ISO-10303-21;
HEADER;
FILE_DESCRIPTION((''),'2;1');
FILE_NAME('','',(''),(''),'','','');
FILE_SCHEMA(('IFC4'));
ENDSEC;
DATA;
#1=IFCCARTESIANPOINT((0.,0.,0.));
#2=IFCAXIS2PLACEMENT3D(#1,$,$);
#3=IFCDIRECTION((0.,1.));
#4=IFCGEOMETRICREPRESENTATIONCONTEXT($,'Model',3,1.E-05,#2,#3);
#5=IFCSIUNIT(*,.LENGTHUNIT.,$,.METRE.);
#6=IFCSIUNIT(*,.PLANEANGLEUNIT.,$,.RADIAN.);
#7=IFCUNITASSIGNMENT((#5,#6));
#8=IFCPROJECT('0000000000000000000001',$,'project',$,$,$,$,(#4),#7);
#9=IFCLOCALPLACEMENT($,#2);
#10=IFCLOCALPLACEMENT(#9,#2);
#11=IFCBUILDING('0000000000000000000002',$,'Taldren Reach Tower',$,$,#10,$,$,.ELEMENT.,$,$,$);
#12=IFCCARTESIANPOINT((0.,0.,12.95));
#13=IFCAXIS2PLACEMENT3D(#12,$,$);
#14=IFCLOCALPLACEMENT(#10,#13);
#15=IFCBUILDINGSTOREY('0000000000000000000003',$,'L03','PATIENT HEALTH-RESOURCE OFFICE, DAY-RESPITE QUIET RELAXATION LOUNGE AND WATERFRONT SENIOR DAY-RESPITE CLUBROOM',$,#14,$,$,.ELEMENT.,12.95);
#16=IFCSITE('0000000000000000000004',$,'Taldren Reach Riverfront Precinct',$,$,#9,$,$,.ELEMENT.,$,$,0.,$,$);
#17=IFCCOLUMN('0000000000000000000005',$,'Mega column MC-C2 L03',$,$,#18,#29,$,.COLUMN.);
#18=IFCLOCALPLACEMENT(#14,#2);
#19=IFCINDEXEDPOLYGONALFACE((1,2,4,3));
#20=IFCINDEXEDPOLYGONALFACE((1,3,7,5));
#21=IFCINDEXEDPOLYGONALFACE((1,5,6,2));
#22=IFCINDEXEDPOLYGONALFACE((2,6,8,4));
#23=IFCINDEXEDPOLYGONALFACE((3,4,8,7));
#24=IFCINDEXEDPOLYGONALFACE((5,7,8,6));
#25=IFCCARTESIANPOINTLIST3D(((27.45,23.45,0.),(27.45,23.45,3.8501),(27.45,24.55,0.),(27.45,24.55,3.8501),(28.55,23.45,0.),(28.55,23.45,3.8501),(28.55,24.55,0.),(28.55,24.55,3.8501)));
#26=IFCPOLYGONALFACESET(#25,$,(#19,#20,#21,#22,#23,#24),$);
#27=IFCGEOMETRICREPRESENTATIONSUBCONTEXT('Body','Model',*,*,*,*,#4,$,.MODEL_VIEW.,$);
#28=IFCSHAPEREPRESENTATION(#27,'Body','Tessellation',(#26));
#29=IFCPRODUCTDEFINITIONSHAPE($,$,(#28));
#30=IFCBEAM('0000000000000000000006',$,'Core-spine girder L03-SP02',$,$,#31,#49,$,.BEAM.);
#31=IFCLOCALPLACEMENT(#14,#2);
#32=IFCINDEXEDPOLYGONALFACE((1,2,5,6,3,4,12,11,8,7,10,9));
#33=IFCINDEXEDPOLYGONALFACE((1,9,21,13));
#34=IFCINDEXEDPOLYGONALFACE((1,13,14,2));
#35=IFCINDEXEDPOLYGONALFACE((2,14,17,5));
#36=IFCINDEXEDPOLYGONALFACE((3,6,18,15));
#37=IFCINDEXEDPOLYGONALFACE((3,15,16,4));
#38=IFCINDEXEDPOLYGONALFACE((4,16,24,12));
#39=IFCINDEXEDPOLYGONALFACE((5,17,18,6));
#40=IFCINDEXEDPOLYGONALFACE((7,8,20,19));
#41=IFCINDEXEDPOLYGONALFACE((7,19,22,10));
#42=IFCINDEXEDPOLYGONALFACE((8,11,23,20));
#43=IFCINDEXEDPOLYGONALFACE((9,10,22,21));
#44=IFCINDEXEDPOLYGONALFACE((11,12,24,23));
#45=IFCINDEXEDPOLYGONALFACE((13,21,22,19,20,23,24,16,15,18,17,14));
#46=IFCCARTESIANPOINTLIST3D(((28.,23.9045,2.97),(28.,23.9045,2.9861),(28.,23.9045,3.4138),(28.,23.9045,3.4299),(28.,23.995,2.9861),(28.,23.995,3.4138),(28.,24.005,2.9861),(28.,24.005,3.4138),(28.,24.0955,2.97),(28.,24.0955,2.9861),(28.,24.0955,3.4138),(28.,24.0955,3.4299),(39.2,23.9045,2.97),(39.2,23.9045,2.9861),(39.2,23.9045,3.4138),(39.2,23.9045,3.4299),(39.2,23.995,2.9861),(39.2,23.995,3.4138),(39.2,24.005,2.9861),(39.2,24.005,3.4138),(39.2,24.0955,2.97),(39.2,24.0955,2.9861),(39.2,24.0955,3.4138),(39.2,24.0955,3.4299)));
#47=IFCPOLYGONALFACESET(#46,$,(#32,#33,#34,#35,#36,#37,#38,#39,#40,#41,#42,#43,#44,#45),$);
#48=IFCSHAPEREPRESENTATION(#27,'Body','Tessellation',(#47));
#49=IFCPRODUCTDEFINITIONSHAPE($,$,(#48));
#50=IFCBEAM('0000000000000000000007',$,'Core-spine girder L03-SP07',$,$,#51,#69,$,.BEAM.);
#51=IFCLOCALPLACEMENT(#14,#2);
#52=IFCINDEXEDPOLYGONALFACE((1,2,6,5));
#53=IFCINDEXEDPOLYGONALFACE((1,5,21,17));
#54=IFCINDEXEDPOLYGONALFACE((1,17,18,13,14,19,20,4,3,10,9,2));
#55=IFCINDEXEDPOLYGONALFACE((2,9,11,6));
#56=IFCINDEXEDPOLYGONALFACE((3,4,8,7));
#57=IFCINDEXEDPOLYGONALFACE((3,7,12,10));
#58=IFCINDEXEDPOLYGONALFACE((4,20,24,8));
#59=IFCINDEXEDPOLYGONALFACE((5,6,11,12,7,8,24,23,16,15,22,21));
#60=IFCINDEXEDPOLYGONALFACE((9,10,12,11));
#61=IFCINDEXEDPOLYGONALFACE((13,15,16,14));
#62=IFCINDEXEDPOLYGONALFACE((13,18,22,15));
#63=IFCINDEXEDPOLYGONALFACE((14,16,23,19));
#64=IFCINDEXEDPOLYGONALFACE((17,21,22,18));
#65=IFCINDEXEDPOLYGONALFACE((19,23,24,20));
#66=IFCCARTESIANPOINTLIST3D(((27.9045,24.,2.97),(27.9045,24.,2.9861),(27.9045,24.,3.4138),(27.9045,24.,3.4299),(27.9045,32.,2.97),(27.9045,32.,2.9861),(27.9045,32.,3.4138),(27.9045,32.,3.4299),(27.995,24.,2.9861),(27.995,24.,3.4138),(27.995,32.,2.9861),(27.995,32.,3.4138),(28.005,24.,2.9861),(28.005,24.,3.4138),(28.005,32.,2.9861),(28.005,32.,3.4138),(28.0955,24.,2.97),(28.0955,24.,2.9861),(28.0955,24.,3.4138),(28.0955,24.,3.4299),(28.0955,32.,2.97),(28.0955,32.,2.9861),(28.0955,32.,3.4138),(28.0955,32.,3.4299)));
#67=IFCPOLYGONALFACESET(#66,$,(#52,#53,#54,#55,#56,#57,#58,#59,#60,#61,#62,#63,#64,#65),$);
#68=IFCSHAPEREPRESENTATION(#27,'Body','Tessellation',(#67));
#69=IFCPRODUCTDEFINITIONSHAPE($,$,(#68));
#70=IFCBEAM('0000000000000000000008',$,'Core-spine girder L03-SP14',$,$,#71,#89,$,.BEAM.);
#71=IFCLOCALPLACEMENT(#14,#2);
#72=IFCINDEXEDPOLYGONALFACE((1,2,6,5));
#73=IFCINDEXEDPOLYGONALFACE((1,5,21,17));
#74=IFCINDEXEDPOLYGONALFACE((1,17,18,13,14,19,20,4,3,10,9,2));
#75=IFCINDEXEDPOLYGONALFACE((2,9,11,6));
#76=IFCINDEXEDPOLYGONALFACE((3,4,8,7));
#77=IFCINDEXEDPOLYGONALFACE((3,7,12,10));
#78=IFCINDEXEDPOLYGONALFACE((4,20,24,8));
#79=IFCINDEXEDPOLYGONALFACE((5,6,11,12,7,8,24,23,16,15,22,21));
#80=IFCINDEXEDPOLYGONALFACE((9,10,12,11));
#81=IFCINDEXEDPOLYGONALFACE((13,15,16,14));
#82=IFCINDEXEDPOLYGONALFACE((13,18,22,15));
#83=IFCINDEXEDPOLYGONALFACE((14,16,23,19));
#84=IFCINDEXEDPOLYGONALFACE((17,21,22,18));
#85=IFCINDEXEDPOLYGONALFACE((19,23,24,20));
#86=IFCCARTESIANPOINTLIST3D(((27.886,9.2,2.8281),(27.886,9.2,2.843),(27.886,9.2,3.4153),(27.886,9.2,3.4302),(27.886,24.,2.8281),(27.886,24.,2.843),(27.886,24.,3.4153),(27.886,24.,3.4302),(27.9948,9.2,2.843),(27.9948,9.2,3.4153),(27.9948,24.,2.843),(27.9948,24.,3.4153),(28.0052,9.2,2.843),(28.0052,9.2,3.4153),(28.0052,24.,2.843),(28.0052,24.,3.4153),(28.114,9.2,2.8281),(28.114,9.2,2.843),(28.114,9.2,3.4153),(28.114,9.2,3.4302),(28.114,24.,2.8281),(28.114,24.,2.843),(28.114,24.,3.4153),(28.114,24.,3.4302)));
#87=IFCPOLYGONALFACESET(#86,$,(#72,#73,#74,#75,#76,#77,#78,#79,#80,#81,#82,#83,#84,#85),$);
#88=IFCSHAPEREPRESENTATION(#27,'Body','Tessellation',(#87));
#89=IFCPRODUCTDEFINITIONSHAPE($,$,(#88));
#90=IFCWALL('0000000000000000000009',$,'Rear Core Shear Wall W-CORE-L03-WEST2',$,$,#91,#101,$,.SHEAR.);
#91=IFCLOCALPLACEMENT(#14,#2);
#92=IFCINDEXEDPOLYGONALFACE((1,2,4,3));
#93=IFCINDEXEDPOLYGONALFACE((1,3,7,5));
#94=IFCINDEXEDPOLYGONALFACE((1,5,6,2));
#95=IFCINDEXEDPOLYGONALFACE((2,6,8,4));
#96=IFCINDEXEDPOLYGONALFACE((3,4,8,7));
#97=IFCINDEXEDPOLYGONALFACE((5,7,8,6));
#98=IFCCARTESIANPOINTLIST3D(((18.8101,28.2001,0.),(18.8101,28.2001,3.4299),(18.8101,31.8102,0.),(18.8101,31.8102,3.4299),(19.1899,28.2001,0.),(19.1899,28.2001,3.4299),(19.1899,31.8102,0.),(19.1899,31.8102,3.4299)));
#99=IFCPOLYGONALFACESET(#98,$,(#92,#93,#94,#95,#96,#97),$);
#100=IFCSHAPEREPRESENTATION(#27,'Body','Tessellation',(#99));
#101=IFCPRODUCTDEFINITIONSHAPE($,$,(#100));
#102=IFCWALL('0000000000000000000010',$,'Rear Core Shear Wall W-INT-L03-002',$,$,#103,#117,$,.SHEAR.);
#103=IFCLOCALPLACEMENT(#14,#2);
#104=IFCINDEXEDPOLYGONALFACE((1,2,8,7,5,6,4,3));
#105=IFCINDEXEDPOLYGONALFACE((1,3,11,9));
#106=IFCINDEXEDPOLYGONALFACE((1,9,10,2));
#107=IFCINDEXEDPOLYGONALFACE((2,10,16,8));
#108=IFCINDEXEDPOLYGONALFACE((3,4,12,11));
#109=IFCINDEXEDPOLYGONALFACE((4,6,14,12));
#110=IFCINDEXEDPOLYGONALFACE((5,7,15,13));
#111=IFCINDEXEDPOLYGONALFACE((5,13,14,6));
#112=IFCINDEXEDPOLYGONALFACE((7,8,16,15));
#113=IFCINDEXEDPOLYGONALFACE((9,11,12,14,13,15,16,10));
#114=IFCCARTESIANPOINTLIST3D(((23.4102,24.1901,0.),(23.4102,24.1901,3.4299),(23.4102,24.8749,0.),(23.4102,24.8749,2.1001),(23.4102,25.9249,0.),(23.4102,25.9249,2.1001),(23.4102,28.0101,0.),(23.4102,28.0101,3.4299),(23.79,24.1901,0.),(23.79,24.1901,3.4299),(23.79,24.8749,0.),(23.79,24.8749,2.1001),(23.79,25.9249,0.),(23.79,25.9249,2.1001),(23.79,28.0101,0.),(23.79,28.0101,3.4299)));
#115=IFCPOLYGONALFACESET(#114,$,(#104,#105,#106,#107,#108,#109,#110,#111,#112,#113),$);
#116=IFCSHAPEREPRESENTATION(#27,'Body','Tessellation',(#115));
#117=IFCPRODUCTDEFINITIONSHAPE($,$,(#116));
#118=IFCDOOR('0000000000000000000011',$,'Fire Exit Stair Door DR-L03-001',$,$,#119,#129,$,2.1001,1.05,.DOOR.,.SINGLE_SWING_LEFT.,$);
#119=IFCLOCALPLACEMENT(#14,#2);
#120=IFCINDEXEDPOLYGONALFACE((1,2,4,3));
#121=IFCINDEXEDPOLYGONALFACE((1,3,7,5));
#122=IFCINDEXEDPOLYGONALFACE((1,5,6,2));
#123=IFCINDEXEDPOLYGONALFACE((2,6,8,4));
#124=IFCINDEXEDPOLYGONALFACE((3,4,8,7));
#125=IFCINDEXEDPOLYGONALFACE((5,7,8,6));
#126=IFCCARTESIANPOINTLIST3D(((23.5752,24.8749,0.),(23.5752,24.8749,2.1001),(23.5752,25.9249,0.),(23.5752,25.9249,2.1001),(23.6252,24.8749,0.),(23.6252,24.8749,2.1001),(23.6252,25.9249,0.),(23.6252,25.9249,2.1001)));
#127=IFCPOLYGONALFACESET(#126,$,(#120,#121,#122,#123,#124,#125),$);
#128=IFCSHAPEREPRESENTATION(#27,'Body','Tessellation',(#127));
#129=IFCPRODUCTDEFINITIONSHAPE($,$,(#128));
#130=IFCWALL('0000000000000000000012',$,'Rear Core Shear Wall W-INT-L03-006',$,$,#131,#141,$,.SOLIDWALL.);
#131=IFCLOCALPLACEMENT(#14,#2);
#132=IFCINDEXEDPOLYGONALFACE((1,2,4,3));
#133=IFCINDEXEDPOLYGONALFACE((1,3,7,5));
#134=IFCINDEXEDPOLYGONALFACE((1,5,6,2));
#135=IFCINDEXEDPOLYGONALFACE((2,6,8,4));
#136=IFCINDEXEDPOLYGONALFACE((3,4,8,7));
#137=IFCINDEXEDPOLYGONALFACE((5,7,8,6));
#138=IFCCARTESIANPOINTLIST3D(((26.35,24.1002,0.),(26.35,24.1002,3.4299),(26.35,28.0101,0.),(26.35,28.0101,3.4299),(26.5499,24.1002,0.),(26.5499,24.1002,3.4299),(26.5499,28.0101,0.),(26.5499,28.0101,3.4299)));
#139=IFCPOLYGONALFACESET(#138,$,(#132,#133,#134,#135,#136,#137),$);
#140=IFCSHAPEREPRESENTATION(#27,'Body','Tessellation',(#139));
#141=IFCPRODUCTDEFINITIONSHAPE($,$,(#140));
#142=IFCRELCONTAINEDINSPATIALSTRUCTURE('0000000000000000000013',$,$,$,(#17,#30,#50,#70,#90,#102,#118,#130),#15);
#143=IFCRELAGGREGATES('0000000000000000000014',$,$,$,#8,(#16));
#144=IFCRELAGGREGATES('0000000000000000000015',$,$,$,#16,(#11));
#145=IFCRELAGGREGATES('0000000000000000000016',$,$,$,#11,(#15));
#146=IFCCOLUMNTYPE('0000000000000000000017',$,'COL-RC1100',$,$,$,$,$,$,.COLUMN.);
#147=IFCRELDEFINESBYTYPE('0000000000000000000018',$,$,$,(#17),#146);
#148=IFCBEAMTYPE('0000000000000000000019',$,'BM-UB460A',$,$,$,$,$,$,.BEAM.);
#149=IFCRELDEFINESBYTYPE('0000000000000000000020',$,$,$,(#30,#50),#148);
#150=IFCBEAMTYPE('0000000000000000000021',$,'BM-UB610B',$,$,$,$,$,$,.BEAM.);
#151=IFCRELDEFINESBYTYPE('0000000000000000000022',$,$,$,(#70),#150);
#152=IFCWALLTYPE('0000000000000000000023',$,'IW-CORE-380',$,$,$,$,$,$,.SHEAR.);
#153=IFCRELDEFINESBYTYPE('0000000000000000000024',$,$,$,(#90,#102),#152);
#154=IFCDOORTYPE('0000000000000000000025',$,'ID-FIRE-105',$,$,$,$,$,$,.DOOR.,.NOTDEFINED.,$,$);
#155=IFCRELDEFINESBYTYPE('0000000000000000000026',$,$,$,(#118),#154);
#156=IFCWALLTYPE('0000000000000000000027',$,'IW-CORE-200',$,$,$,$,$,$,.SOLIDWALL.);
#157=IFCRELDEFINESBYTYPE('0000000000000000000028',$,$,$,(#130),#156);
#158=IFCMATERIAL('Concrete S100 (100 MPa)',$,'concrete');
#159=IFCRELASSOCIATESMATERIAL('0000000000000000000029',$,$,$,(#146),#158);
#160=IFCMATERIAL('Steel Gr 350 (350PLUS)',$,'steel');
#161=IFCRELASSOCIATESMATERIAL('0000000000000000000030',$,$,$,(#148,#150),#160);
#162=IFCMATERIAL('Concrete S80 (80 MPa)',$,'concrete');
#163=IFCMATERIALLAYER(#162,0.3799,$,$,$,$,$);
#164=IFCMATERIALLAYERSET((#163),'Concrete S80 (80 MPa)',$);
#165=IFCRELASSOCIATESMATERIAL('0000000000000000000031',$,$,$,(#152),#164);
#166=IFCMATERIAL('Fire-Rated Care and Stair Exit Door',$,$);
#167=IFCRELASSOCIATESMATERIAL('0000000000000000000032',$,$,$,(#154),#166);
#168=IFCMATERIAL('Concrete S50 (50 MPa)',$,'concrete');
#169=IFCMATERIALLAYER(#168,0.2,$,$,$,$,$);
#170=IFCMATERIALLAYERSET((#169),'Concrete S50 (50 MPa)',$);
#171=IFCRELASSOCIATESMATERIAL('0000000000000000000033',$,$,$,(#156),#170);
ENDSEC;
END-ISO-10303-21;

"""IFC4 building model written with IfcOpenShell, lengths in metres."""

from ifc_helpers import new_model, si_unit, direction, frame, frame_2d, origin, origin_2d, place, context, subcontext, project, spatial, rectangle, i_section, extrude, source, transform, mapped, material, layer, layer_set, material_profile, profile_set, type_object, element, fill, save


model = new_model("IFC4")

# Units and contexts
model_context = context("Model", 3, precision=1e-05, world=origin(), true_north=direction((0.0, 1.0)))
body_context = subcontext(model_context, "Body", "Model", "MODEL_VIEW")
ifc_project = project(units=[si_unit("LENGTHUNIT", "METRE"), si_unit("PLANEANGLEUNIT", "RADIAN")], contexts=[model_context])

# Site, building, storey
site_placement = place(None, origin())
site = spatial("IfcSite", under=ifc_project, at=site_placement, Name="Taldren Reach Riverfront Precinct", CompositionType="ELEMENT", RefElevation=0.0)
building_placement = place(site_placement, origin())
building = spatial("IfcBuilding", under=site, at=building_placement, Name="Taldren Reach Tower", CompositionType="ELEMENT")
storey_placement = place(building_placement, frame((0.0, 0.0, 12.95)))
storey = spatial("IfcBuildingStorey", under=building, at=storey_placement, Name="L03", Description="PATIENT HEALTH-RESOURCE OFFICE, DAY-RESPITE QUIET RELAXATION LOUNGE AND WATERFRONT SENIOR DAY-RESPITE CLUBROOM", CompositionType="ELEMENT", Elevation=12.95)

# Column
ifc_material_1 = material(Name="Concrete S100 (100 MPa)", Category="concrete")
ifc_material_profile_1 = material_profile(ifc_material_1, rectangle(XDim=1.1001, YDim=1.1001, at=origin_2d()), Name="RC-1100x1100")
ifc_profile_set_1 = profile_set([ifc_material_profile_1], Name="Concrete S100 (100 MPa)")
column_type = type_object("IfcColumnType", Name="COL-RC1100", PredefinedType="COLUMN", material=ifc_profile_set_1)
shared_shape_1 = source(origin(), body_context, "Body", "SweptSolid", [
    extrude(rectangle(XDim=1.1001, YDim=1.1001, at=origin_2d()), origin(), (0.0, 0.0, 1.0), 3.8501),
])
column_placement = place(storey_placement, frame((28.0, 24.0, 0.0), z_axis=(0.0, 0.0, 1.0), x_axis=(1.0, 0.0, 0.0)))
element("IfcColumn", 1, at=column_placement, inside=storey, type_object=column_type, Name="Mega column MC-C2 L03", PredefinedType="COLUMN", context=body_context, shape_type="MappedRepresentation", body=[
    mapped(shared_shape_1, transform((0.0, 0.0, 0.0), scale=1.0)),
])

# Beams
ifc_material_2 = material(Name="Steel Gr 350 (350PLUS)", Category="steel")
ifc_material_profile_2 = material_profile(ifc_material_2, i_section(OverallWidth=0.1909, OverallDepth=0.46, WebThickness=0.01, FlangeThickness=0.0161, at=origin_2d()), Name="460UB82.1")
ifc_profile_set_2 = profile_set([ifc_material_profile_2], Name="Steel Gr 350 (350PLUS)")
beam_type_1 = type_object("IfcBeamType", Name="BM-UB460A", PredefinedType="BEAM", material=ifc_profile_set_2)
shared_shape_2 = source(origin(), body_context, "Body", "SweptSolid", [
    extrude(i_section(OverallWidth=0.1909, OverallDepth=0.46, WebThickness=0.01, FlangeThickness=0.0161, at=origin_2d()), origin(), (0.0, 0.0, 1.0), 11.2),
])
beam_1_placement = place(storey_placement, frame((28.0, 24.0, 3.2), z_axis=(1.0, 0.0, 0.0), x_axis=(0.0, 1.0, 0.0)))
element("IfcBeam", 2, at=beam_1_placement, inside=storey, type_object=beam_type_1, Name="Core-spine girder L03-SP02", PredefinedType="BEAM", context=body_context, shape_type="MappedRepresentation", body=[
    mapped(shared_shape_2, transform((0.0, 0.0, 0.0), scale=1.0)),
])
shared_shape_3 = source(origin(), body_context, "Body", "SweptSolid", [
    extrude(i_section(OverallWidth=0.1909, OverallDepth=0.46, WebThickness=0.01, FlangeThickness=0.0161, at=origin_2d()), origin(), (0.0, 0.0, 1.0), 8.0),
])
beam_2_placement = place(storey_placement, frame((28.0, 24.0, 3.2), z_axis=(0.0, 1.0, 0.0), x_axis=(-1.0, 0.0, 0.0)))
element("IfcBeam", 3, at=beam_2_placement, inside=storey, type_object=beam_type_1, Name="Core-spine girder L03-SP07", PredefinedType="BEAM", context=body_context, shape_type="MappedRepresentation", body=[
    mapped(shared_shape_3, transform((0.0, 0.0, 0.0), scale=1.0)),
])
ifc_material_profile_3 = material_profile(ifc_material_2, i_section(OverallWidth=0.228, OverallDepth=0.6021, WebThickness=0.0105, FlangeThickness=0.0149, at=origin_2d()), Name="610UB101")
ifc_profile_set_3 = profile_set([ifc_material_profile_3], Name="Steel Gr 350 (350PLUS)")
beam_type_2 = type_object("IfcBeamType", Name="BM-UB610B", PredefinedType="BEAM", material=ifc_profile_set_3)
shared_shape_4 = source(origin(), body_context, "Body", "SweptSolid", [
    extrude(i_section(OverallWidth=0.228, OverallDepth=0.6021, WebThickness=0.0105, FlangeThickness=0.0149, at=origin_2d()), origin(), (0.0, 0.0, 1.0), 14.8),
])
beam_3_placement = place(storey_placement, frame((28.0, 24.0, 3.1292), z_axis=(0.0, -1.0, 0.0), x_axis=(1.0, 0.0, 0.0)))
element("IfcBeam", 4, at=beam_3_placement, inside=storey, type_object=beam_type_2, Name="Core-spine girder L03-SP14", PredefinedType="BEAM", context=body_context, shape_type="MappedRepresentation", body=[
    mapped(shared_shape_4, transform((0.0, 0.0, 0.0), scale=1.0)),
])

# Wall
ifc_material_3 = material(Name="Concrete S80 (80 MPa)", Category="concrete")
ifc_layer_1 = layer(ifc_material_3, 0.3799)
ifc_layer_set_1 = layer_set([ifc_layer_1], Name="Concrete S80 (80 MPa)")
wall_type_1 = type_object("IfcWallType", Name="IW-CORE-380", PredefinedType="SHEAR", material=ifc_layer_set_1)
shared_shape_5 = source(origin(), body_context, "Body", "SweptSolid", [
    extrude(rectangle(XDim=3.6101, YDim=0.3799, at=frame_2d((1.8052, 0.0))), origin(), (0.0, 0.0, 1.0), 3.4299),
])
wall_1_placement = place(storey_placement, frame((19.0, 28.2, 0.0), z_axis=(0.0, 0.0, 1.0), x_axis=(0.0, 1.0, 0.0)))
element("IfcWall", 5, at=wall_1_placement, inside=storey, type_object=wall_type_1, Name="Rear Core Shear Wall W-CORE-L03-WEST2", PredefinedType="SHEAR", context=body_context, shape_type="MappedRepresentation", body=[
    mapped(shared_shape_5, transform((0.0, 0.0, 0.0), scale=1.0)),
])

# Wall, opening, door
shared_shape_6 = source(origin(), body_context, "Body", "SweptSolid", [
    extrude(rectangle(XDim=3.8201, YDim=0.3799, at=frame_2d((1.9102, 0.0))), origin(), (0.0, 0.0, 1.0), 3.4299),
])
wall_2_placement = place(storey_placement, frame((23.6001, 24.1899, 0.0), z_axis=(0.0, 0.0, 1.0), x_axis=(0.0, 1.0, 0.0)))
wall_2 = element("IfcWall", 6, at=wall_2_placement, inside=storey, type_object=wall_type_1, Name="Rear Core Shear Wall W-INT-L03-002", PredefinedType="SHEAR", context=body_context, shape_type="MappedRepresentation", body=[
    mapped(shared_shape_6, transform((0.0, 0.0, 0.0), scale=1.0)),
])
shared_shape_7 = source(origin(), body_context, "Body", "SweptSolid", [
    extrude(rectangle(XDim=1.05, YDim=2.1001, at=frame_2d((0.5249, 1.05))), frame((0.0, 0.2, 0.0), z_axis=(0.0, -1.0, 0.0), x_axis=(1.0, 0.0, 0.0)), (0.0, 0.0, 1.0), 0.3999),
])
opening_1_placement = place(wall_2_placement, frame((0.6851, 0.0, 0.0)))
opening_1 = element("IfcOpeningElement", 7, at=opening_1_placement, cuts=wall_2, PredefinedType="OPENING", context=body_context, shape_type="MappedRepresentation", body=[
    mapped(shared_shape_7, transform((0.0, 0.0, 0.0), scale=1.0)),
])
ifc_material_4 = material(Name="Fire-Rated Care and Stair Exit Door")
door_type = type_object("IfcDoorType", Name="ID-FIRE-105", OperationType="NOTDEFINED", PredefinedType="DOOR", material=ifc_material_4)
shared_shape_8 = source(origin(), body_context, "Body", "SweptSolid", [
    extrude(rectangle(XDim=1.05, YDim=2.1001, at=frame_2d((0.5249, 1.05))), frame((0.0, 0.0249, 0.0), z_axis=(0.0, -1.0, 0.0), x_axis=(1.0, 0.0, 0.0)), (0.0, 0.0, 1.0), 0.05),
])
door_1_placement = place(opening_1_placement, origin())
door_1 = element("IfcDoor", 8, at=door_1_placement, inside=storey, type_object=door_type, Name="Fire Exit Stair Door DR-L03-001", OperationType="SINGLE_SWING_LEFT", OverallHeight=2.1001, OverallWidth=1.05, PredefinedType="DOOR", context=body_context, shape_type="MappedRepresentation", body=[
    mapped(shared_shape_8, transform((0.0, 0.0, 0.0), scale=1.0)),
])
fill(opening_1, door_1)

# Wall
ifc_material_5 = material(Name="Concrete S50 (50 MPa)", Category="concrete")
ifc_layer_2 = layer(ifc_material_5, 0.2)
ifc_layer_set_2 = layer_set([ifc_layer_2], Name="Concrete S50 (50 MPa)")
wall_type_2 = type_object("IfcWallType", Name="IW-CORE-200", PredefinedType="SOLIDWALL", material=ifc_layer_set_2)
shared_shape_9 = source(origin(), body_context, "Body", "SweptSolid", [
    extrude(rectangle(XDim=3.9099, YDim=0.2, at=frame_2d((1.9551, 0.0))), origin(), (0.0, 0.0, 1.0), 3.4299),
])
wall_3_placement = place(storey_placement, frame((26.45, 24.1001, 0.0), z_axis=(0.0, 0.0, 1.0), x_axis=(0.0, 1.0, 0.0)))
element("IfcWall", 9, at=wall_3_placement, inside=storey, type_object=wall_type_2, Name="Rear Core Shear Wall W-INT-L03-006", PredefinedType="SOLIDWALL", context=body_context, shape_type="MappedRepresentation", body=[
    mapped(shared_shape_9, transform((0.0, 0.0, 0.0), scale=1.0)),
])

save(model, "model.ifc")
